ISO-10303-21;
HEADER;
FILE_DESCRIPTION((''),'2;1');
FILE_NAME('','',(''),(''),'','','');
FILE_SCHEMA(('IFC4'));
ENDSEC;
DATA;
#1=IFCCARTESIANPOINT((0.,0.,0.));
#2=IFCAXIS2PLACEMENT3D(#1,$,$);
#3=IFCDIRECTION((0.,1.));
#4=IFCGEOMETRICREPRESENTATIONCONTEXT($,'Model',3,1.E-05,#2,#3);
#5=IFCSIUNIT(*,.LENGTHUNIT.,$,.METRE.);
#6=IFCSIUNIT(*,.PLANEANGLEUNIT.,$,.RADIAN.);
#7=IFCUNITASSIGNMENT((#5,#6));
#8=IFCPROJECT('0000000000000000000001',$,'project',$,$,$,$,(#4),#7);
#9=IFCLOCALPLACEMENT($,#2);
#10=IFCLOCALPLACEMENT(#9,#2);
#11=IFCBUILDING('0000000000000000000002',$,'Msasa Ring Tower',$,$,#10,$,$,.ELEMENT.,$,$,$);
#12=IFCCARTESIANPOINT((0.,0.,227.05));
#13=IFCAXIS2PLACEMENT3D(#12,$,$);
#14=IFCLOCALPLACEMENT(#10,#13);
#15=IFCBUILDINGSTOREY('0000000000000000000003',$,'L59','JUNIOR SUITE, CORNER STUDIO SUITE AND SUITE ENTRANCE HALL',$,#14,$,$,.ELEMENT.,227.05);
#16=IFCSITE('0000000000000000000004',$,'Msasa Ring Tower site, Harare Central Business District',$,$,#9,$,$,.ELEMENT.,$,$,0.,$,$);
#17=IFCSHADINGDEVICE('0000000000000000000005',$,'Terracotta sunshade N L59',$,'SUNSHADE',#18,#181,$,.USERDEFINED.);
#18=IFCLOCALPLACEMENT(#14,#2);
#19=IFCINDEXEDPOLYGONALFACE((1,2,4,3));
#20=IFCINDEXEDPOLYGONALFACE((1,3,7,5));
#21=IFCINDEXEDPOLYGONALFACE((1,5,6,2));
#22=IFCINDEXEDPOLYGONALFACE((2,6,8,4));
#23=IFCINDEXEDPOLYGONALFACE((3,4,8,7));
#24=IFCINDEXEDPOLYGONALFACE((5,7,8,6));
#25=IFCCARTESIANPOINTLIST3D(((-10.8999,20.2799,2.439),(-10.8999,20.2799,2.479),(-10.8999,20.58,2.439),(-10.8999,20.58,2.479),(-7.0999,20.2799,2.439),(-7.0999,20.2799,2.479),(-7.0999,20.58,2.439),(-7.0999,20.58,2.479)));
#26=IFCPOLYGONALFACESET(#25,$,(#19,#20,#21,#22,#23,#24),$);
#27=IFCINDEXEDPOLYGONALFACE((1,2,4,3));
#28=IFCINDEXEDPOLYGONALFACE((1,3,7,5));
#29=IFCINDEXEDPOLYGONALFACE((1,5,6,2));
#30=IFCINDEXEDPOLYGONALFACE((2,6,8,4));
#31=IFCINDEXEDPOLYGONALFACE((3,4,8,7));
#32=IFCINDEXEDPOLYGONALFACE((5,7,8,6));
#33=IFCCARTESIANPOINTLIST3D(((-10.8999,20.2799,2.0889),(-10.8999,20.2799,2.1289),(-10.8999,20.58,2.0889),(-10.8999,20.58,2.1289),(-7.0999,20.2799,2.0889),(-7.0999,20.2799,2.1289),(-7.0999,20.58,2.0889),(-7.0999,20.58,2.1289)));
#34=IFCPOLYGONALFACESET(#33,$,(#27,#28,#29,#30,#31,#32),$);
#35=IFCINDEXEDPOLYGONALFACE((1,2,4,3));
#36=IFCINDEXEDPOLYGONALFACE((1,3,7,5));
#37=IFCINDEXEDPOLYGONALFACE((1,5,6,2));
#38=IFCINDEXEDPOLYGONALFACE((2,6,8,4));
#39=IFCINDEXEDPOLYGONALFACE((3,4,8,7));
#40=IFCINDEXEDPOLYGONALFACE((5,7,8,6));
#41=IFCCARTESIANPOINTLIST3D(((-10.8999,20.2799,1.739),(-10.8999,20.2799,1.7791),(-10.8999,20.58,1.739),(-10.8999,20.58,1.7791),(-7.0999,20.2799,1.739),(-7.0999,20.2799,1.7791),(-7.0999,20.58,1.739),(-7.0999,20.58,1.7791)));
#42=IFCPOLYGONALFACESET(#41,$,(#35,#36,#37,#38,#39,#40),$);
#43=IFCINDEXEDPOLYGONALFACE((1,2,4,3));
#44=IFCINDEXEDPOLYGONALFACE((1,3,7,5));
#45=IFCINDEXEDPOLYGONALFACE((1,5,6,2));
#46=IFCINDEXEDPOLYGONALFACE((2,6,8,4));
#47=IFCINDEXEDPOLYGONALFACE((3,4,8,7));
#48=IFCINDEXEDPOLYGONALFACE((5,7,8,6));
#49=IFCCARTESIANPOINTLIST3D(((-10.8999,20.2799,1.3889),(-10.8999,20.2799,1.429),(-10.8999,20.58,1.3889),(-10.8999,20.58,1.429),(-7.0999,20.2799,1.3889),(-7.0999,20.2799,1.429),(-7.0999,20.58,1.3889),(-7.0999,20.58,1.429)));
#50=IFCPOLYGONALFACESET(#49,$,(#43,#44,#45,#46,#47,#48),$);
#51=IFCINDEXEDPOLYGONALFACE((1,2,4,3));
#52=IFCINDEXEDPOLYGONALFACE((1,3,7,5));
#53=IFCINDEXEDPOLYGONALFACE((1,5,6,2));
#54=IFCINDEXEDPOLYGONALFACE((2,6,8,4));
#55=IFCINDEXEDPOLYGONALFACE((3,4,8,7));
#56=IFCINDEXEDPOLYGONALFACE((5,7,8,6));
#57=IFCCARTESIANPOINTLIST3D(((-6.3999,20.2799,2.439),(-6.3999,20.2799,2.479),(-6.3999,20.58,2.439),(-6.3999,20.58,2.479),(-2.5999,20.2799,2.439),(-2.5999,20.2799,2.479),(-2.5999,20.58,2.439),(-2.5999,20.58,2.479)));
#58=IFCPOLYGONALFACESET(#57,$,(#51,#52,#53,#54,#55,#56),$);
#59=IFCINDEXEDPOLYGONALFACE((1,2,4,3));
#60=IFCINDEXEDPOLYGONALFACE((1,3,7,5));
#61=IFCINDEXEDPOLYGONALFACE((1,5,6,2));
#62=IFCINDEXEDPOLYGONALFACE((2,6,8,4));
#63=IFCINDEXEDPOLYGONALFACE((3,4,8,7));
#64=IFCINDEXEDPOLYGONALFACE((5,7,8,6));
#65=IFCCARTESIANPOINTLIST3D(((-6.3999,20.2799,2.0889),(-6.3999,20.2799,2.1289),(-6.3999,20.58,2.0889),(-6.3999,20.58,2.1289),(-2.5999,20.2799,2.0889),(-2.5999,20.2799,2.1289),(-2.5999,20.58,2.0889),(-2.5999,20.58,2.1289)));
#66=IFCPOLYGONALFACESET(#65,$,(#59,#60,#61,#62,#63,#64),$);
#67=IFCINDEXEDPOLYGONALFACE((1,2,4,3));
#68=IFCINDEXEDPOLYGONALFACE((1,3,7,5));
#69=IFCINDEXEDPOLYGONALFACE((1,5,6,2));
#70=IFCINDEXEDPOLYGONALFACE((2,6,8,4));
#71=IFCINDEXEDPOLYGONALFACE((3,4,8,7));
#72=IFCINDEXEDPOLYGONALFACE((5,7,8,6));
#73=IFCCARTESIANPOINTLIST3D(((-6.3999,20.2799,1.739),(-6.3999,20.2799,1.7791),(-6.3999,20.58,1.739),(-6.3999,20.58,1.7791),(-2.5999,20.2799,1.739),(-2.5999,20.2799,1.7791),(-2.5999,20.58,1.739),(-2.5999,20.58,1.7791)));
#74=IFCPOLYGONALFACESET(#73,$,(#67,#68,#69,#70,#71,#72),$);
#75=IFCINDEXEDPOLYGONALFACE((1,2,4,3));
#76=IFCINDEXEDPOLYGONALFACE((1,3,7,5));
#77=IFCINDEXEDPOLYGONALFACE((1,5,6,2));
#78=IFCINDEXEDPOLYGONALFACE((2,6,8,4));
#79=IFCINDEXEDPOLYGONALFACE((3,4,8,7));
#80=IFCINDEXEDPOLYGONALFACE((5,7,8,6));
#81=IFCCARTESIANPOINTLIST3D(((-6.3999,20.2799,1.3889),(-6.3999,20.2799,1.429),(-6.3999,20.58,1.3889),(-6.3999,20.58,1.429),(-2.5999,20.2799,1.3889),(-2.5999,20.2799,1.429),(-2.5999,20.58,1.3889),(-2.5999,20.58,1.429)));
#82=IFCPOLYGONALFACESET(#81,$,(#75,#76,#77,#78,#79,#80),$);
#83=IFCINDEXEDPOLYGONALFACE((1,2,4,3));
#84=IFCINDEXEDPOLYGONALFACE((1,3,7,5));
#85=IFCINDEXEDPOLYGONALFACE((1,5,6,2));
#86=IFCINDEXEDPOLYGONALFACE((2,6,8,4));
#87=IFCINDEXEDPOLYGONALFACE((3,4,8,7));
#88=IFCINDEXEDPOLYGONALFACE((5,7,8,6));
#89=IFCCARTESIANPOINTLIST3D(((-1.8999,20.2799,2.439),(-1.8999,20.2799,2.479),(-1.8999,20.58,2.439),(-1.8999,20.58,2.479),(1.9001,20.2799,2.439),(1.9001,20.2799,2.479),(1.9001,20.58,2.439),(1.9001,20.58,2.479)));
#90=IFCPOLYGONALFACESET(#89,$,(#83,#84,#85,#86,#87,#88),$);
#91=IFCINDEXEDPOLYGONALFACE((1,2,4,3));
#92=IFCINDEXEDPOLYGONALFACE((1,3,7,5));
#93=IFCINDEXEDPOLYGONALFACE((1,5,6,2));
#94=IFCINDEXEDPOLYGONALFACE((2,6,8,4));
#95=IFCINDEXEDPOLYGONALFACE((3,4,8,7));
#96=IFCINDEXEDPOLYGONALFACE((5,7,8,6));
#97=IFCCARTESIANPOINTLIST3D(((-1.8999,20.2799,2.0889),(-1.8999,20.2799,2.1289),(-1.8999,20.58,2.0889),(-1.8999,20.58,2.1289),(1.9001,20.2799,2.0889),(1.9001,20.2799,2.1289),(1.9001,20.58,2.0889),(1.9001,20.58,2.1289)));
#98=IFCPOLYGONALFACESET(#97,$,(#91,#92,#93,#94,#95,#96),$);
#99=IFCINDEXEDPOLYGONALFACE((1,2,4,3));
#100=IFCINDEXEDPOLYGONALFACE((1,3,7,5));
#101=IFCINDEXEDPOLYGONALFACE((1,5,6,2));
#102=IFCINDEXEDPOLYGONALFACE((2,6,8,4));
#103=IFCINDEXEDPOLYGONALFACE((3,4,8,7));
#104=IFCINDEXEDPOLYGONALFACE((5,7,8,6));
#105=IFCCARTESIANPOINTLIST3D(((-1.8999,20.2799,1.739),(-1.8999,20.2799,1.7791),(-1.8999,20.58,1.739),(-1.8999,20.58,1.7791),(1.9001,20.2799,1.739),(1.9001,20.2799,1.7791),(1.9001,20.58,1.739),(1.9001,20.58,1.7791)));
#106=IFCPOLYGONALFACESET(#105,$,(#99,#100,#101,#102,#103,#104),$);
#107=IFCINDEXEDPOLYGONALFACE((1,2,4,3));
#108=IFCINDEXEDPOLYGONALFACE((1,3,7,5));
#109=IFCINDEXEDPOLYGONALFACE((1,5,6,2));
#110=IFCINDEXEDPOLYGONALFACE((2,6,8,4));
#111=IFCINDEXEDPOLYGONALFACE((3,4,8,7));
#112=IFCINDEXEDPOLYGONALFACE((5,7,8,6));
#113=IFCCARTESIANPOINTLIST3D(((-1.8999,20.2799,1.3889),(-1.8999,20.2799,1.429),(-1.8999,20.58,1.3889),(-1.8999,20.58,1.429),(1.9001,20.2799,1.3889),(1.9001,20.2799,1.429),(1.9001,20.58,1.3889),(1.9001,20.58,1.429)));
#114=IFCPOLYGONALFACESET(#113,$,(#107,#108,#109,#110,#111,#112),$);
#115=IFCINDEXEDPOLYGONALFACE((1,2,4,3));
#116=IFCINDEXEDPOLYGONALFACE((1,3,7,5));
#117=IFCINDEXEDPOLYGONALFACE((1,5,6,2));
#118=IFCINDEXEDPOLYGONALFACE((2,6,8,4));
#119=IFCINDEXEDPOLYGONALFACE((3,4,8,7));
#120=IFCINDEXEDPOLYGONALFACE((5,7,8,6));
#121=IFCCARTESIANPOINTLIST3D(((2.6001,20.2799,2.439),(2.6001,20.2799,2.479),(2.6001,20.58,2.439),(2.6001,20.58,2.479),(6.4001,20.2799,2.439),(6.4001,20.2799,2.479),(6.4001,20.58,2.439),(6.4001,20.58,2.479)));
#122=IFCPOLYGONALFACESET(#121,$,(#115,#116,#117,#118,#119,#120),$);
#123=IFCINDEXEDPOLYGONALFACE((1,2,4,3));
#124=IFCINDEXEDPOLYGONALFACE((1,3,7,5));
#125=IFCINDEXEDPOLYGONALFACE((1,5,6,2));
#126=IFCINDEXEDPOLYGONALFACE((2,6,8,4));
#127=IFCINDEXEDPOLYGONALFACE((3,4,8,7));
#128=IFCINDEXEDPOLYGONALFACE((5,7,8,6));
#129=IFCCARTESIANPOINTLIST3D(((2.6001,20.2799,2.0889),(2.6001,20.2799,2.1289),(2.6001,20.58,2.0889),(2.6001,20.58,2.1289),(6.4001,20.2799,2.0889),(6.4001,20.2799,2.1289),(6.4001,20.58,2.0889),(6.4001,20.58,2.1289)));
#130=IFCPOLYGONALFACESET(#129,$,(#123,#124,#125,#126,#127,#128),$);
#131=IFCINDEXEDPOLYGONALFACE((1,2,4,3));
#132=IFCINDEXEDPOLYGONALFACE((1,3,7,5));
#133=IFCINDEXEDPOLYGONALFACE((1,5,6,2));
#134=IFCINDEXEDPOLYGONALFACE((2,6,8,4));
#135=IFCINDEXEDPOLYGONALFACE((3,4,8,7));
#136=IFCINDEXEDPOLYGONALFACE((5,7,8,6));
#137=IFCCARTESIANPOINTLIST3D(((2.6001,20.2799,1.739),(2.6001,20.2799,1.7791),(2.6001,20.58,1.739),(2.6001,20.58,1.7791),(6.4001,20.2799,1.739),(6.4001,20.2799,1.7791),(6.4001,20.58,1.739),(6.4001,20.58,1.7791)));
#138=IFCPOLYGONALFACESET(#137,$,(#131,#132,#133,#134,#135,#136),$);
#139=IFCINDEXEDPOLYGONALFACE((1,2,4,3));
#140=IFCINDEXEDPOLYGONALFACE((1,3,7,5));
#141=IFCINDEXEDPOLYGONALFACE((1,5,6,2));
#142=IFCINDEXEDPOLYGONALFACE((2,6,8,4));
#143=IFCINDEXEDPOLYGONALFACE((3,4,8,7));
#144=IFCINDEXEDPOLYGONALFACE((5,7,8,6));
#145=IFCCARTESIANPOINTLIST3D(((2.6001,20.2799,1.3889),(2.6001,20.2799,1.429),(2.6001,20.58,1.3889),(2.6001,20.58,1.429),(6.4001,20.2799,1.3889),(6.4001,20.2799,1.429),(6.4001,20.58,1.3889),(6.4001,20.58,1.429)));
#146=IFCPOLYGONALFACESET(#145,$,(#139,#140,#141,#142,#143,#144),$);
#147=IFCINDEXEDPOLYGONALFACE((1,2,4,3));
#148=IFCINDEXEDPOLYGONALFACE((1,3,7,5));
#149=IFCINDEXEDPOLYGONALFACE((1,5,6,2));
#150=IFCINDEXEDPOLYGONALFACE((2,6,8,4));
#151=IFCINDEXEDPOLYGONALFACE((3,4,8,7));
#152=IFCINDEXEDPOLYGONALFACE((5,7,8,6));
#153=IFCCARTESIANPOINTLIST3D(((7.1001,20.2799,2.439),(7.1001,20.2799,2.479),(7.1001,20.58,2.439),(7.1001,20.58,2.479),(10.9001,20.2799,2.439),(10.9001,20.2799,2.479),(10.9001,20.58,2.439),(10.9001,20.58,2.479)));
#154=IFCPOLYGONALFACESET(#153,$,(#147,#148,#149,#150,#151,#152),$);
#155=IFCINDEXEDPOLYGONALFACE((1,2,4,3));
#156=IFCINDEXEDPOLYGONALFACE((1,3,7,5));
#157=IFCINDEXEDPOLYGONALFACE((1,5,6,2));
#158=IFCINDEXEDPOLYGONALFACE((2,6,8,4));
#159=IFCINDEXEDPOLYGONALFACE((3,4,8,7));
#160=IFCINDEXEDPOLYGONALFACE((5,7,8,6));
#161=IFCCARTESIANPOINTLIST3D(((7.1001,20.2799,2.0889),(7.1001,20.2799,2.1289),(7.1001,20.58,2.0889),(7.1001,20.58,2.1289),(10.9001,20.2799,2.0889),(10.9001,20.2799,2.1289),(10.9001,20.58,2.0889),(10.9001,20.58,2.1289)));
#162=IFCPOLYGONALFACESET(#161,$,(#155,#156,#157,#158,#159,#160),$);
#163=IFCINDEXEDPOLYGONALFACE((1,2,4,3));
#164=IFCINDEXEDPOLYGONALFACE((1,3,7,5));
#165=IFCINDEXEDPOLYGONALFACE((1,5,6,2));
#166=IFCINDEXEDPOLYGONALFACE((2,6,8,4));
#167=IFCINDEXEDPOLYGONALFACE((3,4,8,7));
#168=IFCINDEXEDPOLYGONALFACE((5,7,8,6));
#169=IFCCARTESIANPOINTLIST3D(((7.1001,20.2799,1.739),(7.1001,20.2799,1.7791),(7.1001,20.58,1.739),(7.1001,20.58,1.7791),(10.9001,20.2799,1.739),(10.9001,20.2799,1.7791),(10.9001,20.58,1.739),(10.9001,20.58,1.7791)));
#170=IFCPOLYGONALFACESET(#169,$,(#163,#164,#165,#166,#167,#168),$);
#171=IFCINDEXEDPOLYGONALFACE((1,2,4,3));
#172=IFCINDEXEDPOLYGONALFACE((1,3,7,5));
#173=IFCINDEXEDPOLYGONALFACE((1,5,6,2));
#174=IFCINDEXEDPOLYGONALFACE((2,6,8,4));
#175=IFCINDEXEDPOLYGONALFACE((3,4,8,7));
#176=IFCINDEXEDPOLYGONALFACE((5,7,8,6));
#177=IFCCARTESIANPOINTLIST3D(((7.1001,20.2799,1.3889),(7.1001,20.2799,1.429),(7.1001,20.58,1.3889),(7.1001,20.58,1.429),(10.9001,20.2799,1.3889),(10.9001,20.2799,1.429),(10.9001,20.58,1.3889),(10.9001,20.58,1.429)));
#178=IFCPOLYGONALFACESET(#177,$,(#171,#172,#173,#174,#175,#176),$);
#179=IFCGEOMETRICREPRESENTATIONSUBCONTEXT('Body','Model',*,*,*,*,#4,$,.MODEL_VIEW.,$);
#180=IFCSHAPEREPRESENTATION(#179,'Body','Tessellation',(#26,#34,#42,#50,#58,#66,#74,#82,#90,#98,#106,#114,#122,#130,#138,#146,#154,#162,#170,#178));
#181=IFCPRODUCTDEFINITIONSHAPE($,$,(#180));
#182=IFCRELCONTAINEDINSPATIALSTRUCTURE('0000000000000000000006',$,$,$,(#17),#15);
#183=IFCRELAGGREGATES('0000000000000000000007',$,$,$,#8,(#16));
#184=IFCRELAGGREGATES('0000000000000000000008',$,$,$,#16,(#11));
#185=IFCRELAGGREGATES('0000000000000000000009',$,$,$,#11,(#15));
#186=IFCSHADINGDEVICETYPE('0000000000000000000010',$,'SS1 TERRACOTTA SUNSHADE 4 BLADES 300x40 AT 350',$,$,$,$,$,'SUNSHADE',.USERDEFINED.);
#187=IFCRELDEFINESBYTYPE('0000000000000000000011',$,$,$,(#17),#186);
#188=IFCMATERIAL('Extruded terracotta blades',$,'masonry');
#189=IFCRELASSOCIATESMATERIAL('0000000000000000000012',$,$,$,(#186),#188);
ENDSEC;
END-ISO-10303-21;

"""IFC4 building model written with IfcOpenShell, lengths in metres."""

from ifc_helpers import new_model, si_unit, direction, frame, origin, origin_2d, place, context, subcontext, project, spatial, rectangle, extrude, material, type_object, element, save


model = new_model("IFC4")

# Units and contexts
model_context = context("Model", 3, precision=1e-05, world=origin(), true_north=direction((0.0, 1.0)))
body_context = subcontext(model_context, "Body", "Model", "MODEL_VIEW")
ifc_project = project(units=[si_unit("LENGTHUNIT", "METRE"), si_unit("PLANEANGLEUNIT", "RADIAN")], contexts=[model_context])

# Site, building, storey
site_placement = place(None, origin())
site = spatial("IfcSite", under=ifc_project, at=site_placement, Name="Msasa Ring Tower site, Harare Central Business District", CompositionType="ELEMENT", RefElevation=0.0)
building_placement = place(site_placement, origin())
building = spatial("IfcBuilding", under=site, at=building_placement, Name="Msasa Ring Tower", CompositionType="ELEMENT")
storey_placement = place(building_placement, frame((0.0, 0.0, 227.05)))
storey = spatial("IfcBuildingStorey", under=building, at=storey_placement, Name="L59", Description="JUNIOR SUITE, CORNER STUDIO SUITE AND SUITE ENTRANCE HALL", CompositionType="ELEMENT", Elevation=227.05)

# Shading device
ifc_material_1 = material(Name="Extruded terracotta blades", Category="masonry")
shading_device_type_1 = type_object("IfcShadingDeviceType", Name="SS1 TERRACOTTA SUNSHADE 4 BLADES 300x40 AT 350", ElementType="SUNSHADE", PredefinedType="USERDEFINED", material=ifc_material_1)
shading_device_1_placement = place(storey_placement, origin())
element("IfcShadingDevice", 1, at=shading_device_1_placement, inside=storey, type_object=shading_device_type_1, Name="Terracotta sunshade N L59", ObjectType="SUNSHADE", PredefinedType="USERDEFINED", context=body_context, shape_type="SweptSolid", body=[
    extrude(rectangle(XDim=0.04, YDim=0.3, at=origin_2d()), frame((-10.8999, 20.4299, 2.459), z_axis=(1.0, 0.0, 0.0), x_axis=(0.0, 0.0, 1.0)), (0.0, 0.0, 1.0), 3.8),
    extrude(rectangle(XDim=0.04, YDim=0.3, at=origin_2d()), frame((-10.8999, 20.4299, 2.1089), z_axis=(1.0, 0.0, 0.0), x_axis=(0.0, 0.0, 1.0)), (0.0, 0.0, 1.0), 3.8),
    extrude(rectangle(XDim=0.04, YDim=0.3, at=origin_2d()), frame((-10.8999, 20.4299, 1.759), z_axis=(1.0, 0.0, 0.0), x_axis=(0.0, 0.0, 1.0)), (0.0, 0.0, 1.0), 3.8),
    extrude(rectangle(XDim=0.04, YDim=0.3, at=origin_2d()), frame((-10.8999, 20.4299, 1.4089), z_axis=(1.0, 0.0, 0.0), x_axis=(0.0, 0.0, 1.0)), (0.0, 0.0, 1.0), 3.8),
    extrude(rectangle(XDim=0.04, YDim=0.3, at=origin_2d()), frame((-6.3999, 20.4299, 2.459), z_axis=(1.0, 0.0, 0.0), x_axis=(0.0, 0.0, 1.0)), (0.0, 0.0, 1.0), 3.8),
    extrude(rectangle(XDim=0.04, YDim=0.3, at=origin_2d()), frame((-6.3999, 20.4299, 2.1089), z_axis=(1.0, 0.0, 0.0), x_axis=(0.0, 0.0, 1.0)), (0.0, 0.0, 1.0), 3.8),
    extrude(rectangle(XDim=0.04, YDim=0.3, at=origin_2d()), frame((-6.3999, 20.4299, 1.759), z_axis=(1.0, 0.0, 0.0), x_axis=(0.0, 0.0, 1.0)), (0.0, 0.0, 1.0), 3.8),
    extrude(rectangle(XDim=0.04, YDim=0.3, at=origin_2d()), frame((-6.3999, 20.4299, 1.4089), z_axis=(1.0, 0.0, 0.0), x_axis=(0.0, 0.0, 1.0)), (0.0, 0.0, 1.0), 3.8),
    extrude(rectangle(XDim=0.04, YDim=0.3, at=origin_2d()), frame((-1.8999, 20.4299, 2.459), z_axis=(1.0, 0.0, 0.0), x_axis=(0.0, 0.0, 1.0)), (0.0, 0.0, 1.0), 3.8),
    extrude(rectangle(XDim=0.04, YDim=0.3, at=origin_2d()), frame((-1.8999, 20.4299, 2.1089), z_axis=(1.0, 0.0, 0.0), x_axis=(0.0, 0.0, 1.0)), (0.0, 0.0, 1.0), 3.8),
    extrude(rectangle(XDim=0.04, YDim=0.3, at=origin_2d()), frame((-1.8999, 20.4299, 1.759), z_axis=(1.0, 0.0, 0.0), x_axis=(0.0, 0.0, 1.0)), (0.0, 0.0, 1.0), 3.8),
    extrude(rectangle(XDim=0.04, YDim=0.3, at=origin_2d()), frame((-1.8999, 20.4299, 1.4089), z_axis=(1.0, 0.0, 0.0), x_axis=(0.0, 0.0, 1.0)), (0.0, 0.0, 1.0), 3.8),
    extrude(rectangle(XDim=0.04, YDim=0.3, at=origin_2d()), frame((2.6001, 20.4299, 2.459), z_axis=(1.0, 0.0, 0.0), x_axis=(0.0, 0.0, 1.0)), (0.0, 0.0, 1.0), 3.8),
    extrude(rectangle(XDim=0.04, YDim=0.3, at=origin_2d()), frame((2.6001, 20.4299, 2.1089), z_axis=(1.0, 0.0, 0.0), x_axis=(0.0, 0.0, 1.0)), (0.0, 0.0, 1.0), 3.8),
    extrude(rectangle(XDim=0.04, YDim=0.3, at=origin_2d()), frame((2.6001, 20.4299, 1.759), z_axis=(1.0, 0.0, 0.0), x_axis=(0.0, 0.0, 1.0)), (0.0, 0.0, 1.0), 3.8),
    extrude(rectangle(XDim=0.04, YDim=0.3, at=origin_2d()), frame((2.6001, 20.4299, 1.4089), z_axis=(1.0, 0.0, 0.0), x_axis=(0.0, 0.0, 1.0)), (0.0, 0.0, 1.0), 3.8),
    extrude(rectangle(XDim=0.04, YDim=0.3, at=origin_2d()), frame((7.1001, 20.4299, 2.459), z_axis=(1.0, 0.0, 0.0), x_axis=(0.0, 0.0, 1.0)), (0.0, 0.0, 1.0), 3.8),
    extrude(rectangle(XDim=0.04, YDim=0.3, at=origin_2d()), frame((7.1001, 20.4299, 2.1089), z_axis=(1.0, 0.0, 0.0), x_axis=(0.0, 0.0, 1.0)), (0.0, 0.0, 1.0), 3.8),
    extrude(rectangle(XDim=0.04, YDim=0.3, at=origin_2d()), frame((7.1001, 20.4299, 1.759), z_axis=(1.0, 0.0, 0.0), x_axis=(0.0, 0.0, 1.0)), (0.0, 0.0, 1.0), 3.8),
    extrude(rectangle(XDim=0.04, YDim=0.3, at=origin_2d()), frame((7.1001, 20.4299, 1.4089), z_axis=(1.0, 0.0, 0.0), x_axis=(0.0, 0.0, 1.0)), (0.0, 0.0, 1.0), 3.8),
])

save(model, "model.ifc")
